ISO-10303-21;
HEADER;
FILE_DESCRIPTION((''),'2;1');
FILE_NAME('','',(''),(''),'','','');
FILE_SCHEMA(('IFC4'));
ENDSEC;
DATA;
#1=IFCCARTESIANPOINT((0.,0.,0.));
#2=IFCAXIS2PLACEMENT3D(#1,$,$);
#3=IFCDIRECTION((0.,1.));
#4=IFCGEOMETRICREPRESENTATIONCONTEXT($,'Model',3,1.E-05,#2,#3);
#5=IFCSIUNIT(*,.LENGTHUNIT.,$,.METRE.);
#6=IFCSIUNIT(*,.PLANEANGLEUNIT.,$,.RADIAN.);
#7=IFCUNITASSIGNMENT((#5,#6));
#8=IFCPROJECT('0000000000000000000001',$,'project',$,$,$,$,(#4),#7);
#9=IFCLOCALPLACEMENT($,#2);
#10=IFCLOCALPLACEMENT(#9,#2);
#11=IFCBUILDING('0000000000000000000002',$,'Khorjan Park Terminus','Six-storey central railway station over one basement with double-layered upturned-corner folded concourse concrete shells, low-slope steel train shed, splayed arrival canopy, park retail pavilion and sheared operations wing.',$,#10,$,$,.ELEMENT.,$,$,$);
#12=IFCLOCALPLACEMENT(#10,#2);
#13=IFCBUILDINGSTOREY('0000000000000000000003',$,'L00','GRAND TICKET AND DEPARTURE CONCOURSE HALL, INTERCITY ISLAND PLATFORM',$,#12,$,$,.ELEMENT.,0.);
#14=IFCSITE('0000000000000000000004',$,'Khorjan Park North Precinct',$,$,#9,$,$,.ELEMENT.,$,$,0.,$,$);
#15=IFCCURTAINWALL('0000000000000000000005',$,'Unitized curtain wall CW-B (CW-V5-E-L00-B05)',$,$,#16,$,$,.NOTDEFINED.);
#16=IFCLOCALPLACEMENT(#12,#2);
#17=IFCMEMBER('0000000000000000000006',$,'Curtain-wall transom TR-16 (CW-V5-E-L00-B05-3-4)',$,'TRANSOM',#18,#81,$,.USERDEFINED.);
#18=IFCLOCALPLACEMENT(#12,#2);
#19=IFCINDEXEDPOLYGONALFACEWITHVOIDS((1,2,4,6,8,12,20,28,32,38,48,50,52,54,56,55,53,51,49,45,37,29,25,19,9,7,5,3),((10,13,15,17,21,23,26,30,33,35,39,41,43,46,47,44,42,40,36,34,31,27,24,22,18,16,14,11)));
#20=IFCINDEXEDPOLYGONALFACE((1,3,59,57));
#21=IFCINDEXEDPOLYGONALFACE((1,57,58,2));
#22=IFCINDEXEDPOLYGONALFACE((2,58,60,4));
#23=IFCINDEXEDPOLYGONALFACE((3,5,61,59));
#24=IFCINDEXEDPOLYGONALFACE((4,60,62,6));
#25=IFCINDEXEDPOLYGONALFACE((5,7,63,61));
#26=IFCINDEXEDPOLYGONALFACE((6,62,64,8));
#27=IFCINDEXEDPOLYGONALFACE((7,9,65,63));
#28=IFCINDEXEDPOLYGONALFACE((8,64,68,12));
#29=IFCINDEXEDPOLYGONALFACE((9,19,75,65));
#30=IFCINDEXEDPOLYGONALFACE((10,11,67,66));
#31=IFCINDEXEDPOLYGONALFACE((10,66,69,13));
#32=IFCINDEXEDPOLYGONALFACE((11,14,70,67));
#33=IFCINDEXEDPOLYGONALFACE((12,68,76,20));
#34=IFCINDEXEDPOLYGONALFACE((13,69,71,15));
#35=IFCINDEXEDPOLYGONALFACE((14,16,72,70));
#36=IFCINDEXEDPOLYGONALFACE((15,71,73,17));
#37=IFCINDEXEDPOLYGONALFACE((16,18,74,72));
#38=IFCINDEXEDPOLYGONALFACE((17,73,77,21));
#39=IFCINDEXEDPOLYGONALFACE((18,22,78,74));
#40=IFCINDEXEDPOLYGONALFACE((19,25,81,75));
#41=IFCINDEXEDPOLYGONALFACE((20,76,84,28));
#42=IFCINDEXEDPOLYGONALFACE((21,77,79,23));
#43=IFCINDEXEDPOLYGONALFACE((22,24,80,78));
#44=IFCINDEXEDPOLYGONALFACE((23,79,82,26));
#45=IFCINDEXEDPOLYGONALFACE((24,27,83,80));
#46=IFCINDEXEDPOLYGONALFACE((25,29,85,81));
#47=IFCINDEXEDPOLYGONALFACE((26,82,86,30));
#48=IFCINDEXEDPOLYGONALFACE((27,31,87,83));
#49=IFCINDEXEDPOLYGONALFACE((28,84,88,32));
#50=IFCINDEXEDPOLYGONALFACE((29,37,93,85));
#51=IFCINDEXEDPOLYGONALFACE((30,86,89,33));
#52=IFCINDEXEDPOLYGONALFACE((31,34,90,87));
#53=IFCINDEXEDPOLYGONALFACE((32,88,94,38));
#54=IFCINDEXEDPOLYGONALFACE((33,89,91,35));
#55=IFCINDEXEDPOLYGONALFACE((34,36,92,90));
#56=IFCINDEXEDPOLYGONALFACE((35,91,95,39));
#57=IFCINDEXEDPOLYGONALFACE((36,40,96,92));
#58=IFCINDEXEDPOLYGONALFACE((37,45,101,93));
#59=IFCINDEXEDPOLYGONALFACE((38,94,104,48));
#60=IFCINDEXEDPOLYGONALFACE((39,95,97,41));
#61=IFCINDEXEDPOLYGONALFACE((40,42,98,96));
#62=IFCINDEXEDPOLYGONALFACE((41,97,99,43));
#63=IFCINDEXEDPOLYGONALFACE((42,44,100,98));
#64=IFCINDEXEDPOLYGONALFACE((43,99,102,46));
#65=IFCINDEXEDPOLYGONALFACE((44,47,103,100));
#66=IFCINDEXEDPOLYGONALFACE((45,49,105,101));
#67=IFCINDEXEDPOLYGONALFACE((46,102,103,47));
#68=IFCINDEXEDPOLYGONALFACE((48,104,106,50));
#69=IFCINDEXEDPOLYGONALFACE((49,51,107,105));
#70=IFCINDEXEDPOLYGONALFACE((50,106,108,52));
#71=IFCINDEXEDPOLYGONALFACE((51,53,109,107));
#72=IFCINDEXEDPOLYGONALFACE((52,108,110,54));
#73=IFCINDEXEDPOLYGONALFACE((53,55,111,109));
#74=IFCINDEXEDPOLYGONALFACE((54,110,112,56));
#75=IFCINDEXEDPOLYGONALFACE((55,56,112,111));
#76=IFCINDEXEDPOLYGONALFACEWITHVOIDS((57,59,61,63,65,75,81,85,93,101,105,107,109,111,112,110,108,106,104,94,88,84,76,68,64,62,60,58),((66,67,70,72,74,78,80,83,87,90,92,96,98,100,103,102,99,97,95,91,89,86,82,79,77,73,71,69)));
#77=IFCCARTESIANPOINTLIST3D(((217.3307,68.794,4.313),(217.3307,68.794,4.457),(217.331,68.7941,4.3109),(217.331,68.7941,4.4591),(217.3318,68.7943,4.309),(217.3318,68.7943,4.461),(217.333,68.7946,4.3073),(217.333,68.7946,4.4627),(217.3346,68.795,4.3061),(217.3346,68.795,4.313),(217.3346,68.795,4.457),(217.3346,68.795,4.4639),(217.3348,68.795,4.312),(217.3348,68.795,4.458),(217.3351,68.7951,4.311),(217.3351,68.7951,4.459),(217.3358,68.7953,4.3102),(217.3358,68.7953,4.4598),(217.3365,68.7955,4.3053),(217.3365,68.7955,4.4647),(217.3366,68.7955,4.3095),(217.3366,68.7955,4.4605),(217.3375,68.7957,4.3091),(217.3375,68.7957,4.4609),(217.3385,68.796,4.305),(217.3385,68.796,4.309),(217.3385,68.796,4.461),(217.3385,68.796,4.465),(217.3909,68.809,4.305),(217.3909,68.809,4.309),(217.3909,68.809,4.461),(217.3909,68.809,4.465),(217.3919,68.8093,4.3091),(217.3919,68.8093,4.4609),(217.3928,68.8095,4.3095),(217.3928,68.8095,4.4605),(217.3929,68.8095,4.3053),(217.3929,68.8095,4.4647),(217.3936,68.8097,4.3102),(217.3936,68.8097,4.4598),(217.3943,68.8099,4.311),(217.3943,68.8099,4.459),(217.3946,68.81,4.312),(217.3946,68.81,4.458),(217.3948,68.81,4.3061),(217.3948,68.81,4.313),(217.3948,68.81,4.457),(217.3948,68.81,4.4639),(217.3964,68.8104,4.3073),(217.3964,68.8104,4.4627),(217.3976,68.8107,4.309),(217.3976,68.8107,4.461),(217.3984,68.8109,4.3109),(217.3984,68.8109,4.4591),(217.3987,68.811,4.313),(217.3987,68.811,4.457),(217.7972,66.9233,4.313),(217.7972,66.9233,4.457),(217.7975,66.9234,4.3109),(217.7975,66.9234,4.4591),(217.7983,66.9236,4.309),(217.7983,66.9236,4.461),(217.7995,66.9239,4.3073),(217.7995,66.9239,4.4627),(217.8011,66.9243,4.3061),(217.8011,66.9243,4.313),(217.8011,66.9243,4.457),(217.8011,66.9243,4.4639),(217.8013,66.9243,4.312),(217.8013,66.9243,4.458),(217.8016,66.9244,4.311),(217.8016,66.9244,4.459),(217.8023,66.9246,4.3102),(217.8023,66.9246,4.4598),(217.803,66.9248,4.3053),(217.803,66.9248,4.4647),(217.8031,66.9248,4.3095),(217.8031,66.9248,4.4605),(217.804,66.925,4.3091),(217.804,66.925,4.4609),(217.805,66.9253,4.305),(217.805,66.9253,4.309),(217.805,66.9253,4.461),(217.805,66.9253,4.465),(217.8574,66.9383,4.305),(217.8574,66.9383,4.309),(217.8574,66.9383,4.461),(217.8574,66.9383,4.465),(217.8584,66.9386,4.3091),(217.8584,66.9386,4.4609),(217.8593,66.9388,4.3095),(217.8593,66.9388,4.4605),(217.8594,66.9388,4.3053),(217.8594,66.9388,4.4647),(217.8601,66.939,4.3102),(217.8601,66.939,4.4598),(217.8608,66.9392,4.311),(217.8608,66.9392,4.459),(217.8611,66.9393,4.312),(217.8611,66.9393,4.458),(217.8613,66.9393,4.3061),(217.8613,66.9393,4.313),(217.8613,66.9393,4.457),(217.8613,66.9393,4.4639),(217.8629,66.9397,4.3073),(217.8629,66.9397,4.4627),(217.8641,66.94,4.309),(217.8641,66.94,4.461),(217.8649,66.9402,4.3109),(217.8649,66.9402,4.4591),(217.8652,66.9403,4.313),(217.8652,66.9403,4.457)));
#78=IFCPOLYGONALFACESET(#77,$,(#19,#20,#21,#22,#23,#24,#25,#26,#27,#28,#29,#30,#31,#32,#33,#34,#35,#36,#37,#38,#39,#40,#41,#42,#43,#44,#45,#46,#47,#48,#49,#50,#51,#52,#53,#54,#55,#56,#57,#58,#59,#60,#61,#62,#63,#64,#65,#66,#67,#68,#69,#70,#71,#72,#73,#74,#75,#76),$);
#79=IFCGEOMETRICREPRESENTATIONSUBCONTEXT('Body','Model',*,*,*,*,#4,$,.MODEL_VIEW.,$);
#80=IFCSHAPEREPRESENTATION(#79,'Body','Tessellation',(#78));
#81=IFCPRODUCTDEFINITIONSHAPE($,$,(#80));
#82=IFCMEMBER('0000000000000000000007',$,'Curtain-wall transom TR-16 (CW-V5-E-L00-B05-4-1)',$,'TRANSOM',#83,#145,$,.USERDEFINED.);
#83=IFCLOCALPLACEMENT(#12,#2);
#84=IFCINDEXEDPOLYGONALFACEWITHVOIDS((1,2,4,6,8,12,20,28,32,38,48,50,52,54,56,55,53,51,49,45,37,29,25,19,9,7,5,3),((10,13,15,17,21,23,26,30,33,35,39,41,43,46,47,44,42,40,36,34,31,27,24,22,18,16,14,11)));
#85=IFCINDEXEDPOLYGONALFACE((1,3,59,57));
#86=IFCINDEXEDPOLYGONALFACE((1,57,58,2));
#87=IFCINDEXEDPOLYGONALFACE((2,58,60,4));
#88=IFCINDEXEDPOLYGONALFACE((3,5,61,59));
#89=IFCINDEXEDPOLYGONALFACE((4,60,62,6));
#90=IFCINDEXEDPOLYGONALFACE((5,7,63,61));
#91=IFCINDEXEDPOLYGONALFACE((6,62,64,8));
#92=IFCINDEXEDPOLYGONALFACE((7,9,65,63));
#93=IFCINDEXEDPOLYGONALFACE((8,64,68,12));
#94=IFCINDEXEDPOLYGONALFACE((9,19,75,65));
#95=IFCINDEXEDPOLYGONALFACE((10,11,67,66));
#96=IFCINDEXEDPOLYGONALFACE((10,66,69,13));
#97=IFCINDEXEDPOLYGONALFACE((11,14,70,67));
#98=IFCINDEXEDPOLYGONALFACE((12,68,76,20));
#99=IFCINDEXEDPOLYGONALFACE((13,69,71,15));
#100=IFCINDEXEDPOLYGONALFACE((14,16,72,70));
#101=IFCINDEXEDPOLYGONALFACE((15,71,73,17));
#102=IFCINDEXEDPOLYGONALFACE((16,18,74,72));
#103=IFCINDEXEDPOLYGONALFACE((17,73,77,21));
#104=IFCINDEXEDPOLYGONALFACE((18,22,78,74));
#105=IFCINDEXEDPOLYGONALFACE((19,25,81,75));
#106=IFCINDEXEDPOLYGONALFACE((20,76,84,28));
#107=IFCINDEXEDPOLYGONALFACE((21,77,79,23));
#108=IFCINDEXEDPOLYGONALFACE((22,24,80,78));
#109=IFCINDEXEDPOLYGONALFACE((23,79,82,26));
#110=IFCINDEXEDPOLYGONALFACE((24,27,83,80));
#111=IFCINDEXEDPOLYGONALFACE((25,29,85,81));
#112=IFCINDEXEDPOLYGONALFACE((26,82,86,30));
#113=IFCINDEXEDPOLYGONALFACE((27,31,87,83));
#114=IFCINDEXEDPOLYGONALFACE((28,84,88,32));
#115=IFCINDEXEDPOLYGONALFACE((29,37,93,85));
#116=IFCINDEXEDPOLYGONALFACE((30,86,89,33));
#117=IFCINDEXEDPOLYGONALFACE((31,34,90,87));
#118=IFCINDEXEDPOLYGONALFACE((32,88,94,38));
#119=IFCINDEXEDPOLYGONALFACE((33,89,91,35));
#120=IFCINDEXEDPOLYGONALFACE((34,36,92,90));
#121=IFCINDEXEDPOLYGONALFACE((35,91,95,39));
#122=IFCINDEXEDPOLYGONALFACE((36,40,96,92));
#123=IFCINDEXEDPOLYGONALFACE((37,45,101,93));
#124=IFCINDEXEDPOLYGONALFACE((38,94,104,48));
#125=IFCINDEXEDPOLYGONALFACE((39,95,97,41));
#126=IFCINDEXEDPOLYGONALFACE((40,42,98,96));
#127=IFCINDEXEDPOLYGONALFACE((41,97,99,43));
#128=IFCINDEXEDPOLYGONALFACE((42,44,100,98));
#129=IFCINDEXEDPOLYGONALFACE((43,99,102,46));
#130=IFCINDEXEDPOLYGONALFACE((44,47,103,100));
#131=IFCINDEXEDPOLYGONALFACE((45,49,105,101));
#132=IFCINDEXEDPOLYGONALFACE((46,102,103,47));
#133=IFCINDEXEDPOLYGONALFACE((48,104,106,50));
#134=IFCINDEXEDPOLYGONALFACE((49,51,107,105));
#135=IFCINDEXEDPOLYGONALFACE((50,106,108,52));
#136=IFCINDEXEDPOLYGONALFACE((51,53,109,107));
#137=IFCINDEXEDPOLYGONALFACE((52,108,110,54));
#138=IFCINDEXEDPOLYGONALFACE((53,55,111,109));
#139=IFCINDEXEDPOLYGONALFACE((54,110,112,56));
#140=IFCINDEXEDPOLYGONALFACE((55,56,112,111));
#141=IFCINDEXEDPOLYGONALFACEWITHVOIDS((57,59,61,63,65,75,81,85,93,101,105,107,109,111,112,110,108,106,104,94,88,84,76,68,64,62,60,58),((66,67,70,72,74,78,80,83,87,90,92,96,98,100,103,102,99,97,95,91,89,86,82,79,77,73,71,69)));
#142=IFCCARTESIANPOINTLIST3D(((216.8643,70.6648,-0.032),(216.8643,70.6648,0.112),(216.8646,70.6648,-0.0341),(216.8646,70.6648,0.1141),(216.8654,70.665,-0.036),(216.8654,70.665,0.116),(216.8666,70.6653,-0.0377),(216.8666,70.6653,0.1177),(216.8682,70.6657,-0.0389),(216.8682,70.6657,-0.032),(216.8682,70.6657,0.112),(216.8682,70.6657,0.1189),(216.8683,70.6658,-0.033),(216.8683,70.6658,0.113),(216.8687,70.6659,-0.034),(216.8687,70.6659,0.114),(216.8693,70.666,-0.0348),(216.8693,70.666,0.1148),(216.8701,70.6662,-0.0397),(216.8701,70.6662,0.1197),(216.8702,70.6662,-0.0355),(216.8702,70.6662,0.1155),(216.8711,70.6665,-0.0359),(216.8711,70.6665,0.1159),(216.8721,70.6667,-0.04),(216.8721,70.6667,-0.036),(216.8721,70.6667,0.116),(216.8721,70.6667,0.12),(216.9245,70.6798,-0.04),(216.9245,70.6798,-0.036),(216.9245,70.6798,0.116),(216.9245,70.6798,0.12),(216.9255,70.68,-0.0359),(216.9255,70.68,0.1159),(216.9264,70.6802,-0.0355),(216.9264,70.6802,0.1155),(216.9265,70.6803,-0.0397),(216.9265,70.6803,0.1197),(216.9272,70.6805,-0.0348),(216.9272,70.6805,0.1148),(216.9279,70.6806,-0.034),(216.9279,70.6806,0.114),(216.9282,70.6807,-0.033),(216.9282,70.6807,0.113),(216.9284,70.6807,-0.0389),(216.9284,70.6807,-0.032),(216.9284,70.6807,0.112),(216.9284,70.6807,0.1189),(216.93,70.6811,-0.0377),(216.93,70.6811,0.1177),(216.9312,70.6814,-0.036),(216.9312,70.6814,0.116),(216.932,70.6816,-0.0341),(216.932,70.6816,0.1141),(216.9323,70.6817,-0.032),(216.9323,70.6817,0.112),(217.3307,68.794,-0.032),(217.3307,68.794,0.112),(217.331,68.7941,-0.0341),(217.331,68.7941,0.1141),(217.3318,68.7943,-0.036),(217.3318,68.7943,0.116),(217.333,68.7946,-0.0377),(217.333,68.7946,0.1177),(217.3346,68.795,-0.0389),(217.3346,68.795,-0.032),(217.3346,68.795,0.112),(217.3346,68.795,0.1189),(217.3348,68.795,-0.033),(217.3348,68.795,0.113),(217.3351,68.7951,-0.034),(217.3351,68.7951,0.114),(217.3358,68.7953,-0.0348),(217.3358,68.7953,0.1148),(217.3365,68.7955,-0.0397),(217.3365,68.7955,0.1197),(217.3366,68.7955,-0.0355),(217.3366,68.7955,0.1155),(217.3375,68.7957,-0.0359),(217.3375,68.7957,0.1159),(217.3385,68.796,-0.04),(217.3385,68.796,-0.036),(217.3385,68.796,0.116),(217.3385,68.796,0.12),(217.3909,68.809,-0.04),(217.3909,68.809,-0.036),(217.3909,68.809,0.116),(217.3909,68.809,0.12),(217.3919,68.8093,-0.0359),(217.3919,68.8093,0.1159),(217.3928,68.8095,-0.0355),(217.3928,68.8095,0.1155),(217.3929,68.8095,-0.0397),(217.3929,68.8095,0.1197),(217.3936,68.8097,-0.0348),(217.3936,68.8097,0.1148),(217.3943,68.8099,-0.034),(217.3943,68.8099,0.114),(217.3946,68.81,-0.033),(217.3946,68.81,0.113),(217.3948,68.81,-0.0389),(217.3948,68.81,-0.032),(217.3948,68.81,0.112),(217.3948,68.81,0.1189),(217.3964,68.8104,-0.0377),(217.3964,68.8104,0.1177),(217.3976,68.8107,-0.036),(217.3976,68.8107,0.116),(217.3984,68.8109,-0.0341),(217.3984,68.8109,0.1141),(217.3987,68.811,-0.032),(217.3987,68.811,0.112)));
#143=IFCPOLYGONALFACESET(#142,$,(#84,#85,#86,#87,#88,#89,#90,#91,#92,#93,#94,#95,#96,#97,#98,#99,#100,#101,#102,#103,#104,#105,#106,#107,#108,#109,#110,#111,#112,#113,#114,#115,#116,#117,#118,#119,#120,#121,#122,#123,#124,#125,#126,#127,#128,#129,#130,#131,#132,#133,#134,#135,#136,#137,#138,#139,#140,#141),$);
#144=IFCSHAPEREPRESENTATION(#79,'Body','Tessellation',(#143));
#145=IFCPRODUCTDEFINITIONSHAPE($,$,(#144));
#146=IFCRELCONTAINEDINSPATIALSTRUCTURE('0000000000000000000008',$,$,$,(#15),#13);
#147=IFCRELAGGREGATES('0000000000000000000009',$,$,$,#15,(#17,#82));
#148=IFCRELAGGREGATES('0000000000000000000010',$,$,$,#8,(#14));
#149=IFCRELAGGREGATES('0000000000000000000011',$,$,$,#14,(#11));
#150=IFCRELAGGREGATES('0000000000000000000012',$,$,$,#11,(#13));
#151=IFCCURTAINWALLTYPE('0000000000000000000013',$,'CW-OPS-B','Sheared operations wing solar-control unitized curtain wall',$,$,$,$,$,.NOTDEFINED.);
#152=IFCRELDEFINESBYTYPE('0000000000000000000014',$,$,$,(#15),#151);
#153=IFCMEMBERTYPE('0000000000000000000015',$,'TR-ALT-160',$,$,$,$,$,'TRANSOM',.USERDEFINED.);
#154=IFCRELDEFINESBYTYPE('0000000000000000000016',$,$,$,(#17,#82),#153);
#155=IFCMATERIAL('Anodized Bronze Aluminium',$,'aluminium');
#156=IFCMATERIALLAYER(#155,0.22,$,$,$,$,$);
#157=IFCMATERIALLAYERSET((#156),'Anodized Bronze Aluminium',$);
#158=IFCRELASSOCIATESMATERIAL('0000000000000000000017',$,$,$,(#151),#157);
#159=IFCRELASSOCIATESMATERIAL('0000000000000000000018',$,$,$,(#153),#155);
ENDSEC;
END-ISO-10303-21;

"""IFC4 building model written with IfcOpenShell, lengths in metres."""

from ifc_helpers import new_model, si_unit, direction, frame, origin, origin_2d, place, context, subcontext, project, spatial, hollow_rectangle, extrude, material, layer, layer_set, material_profile, profile_set, type_object, element, aggregate, save


model = new_model("IFC4")

# Units and contexts
model_context = context("Model", 3, precision=1e-05, world=origin(), true_north=direction((0.0, 1.0)))
body_context = subcontext(model_context, "Body", "Model", "MODEL_VIEW")
ifc_project = project(units=[si_unit("LENGTHUNIT", "METRE"), si_unit("PLANEANGLEUNIT", "RADIAN")], contexts=[model_context])

# Site, building, storey
site_placement = place(None, origin())
site = spatial("IfcSite", under=ifc_project, at=site_placement, Name="Khorjan Park North Precinct", CompositionType="ELEMENT", RefElevation=0.0)
building_placement = place(site_placement, origin())
building = spatial("IfcBuilding", under=site, at=building_placement, Name="Khorjan Park Terminus", Description="Six-storey central railway station over one basement with double-layered upturned-corner folded concourse concrete shells, low-slope steel train shed, splayed arrival canopy, park retail pavilion and sheared operations wing.", CompositionType="ELEMENT")
storey_placement = place(building_placement, origin())
storey = spatial("IfcBuildingStorey", under=building, at=storey_placement, Name="L00", Description="GRAND TICKET AND DEPARTURE CONCOURSE HALL, INTERCITY ISLAND PLATFORM", CompositionType="ELEMENT", Elevation=0.0)

# Curtain wall, members
ifc_material_1 = material(Name="Anodized Bronze Aluminium", Category="aluminium")
ifc_layer_1 = layer(ifc_material_1, 0.22)
ifc_layer_set_1 = layer_set([ifc_layer_1], Name="Anodized Bronze Aluminium")
curtain_wall_type = type_object("IfcCurtainWallType", Name="CW-OPS-B", Description="Sheared operations wing solar-control unitized curtain wall", PredefinedType="NOTDEFINED", material=ifc_layer_set_1)
curtain_wall_placement = place(storey_placement, origin())
curtain_wall = element("IfcCurtainWall", 1, at=curtain_wall_placement, inside=storey, type_object=curtain_wall_type, Name="Unitized curtain wall CW-B (CW-V5-E-L00-B05)", PredefinedType="NOTDEFINED")
ifc_material_profile_1 = material_profile(ifc_material_1, hollow_rectangle(XDim=0.07, YDim=0.16, WallThickness=0.004, InnerFilletRadius=0.004, OuterFilletRadius=0.008, at=origin_2d()), Name="ALT 70x160x4")
ifc_profile_set_1 = profile_set([ifc_material_profile_1], Name="Anodized Bronze Aluminium")
member_type_1 = type_object("IfcMemberType", Name="TR-ALT-160", ElementType="TRANSOM", PredefinedType="USERDEFINED", material=ifc_profile_set_1)
member_1_placement = place(storey_placement, frame((217.8312, 66.9318, 4.385), z_axis=(-0.241962, 0.970286, 0.0), x_axis=(-0.970286, -0.241962, 0.0)))
member_1 = element("IfcMember", 2, at=member_1_placement, type_object=member_type_1, Name="Curtain-wall transom TR-16 (CW-V5-E-L00-B05-3-4)", ObjectType="TRANSOM", PredefinedType="USERDEFINED", context=body_context, shape_type="SweptSolid", body=[
    extrude(hollow_rectangle(XDim=0.07, YDim=0.16, WallThickness=0.004, InnerFilletRadius=0.004, OuterFilletRadius=0.008, at=origin_2d()), origin(), (0.0, 0.0, 1.0), 1.928),
])
member_2_placement = place(storey_placement, frame((217.3647, 68.8025, 0.04), z_axis=(-0.241913, 0.970298, 0.0), x_axis=(-0.970298, -0.241913, 0.0)))
member_2 = element("IfcMember", 3, at=member_2_placement, type_object=member_type_1, Name="Curtain-wall transom TR-16 (CW-V5-E-L00-B05-4-1)", ObjectType="TRANSOM", PredefinedType="USERDEFINED", context=body_context, shape_type="SweptSolid", body=[
    extrude(hollow_rectangle(XDim=0.07, YDim=0.16, WallThickness=0.004, InnerFilletRadius=0.004, OuterFilletRadius=0.008, at=origin_2d()), origin(), (0.0, 0.0, 1.0), 1.928),
])
aggregate(curtain_wall, [member_1, member_2])

save(model, "model.ifc")
